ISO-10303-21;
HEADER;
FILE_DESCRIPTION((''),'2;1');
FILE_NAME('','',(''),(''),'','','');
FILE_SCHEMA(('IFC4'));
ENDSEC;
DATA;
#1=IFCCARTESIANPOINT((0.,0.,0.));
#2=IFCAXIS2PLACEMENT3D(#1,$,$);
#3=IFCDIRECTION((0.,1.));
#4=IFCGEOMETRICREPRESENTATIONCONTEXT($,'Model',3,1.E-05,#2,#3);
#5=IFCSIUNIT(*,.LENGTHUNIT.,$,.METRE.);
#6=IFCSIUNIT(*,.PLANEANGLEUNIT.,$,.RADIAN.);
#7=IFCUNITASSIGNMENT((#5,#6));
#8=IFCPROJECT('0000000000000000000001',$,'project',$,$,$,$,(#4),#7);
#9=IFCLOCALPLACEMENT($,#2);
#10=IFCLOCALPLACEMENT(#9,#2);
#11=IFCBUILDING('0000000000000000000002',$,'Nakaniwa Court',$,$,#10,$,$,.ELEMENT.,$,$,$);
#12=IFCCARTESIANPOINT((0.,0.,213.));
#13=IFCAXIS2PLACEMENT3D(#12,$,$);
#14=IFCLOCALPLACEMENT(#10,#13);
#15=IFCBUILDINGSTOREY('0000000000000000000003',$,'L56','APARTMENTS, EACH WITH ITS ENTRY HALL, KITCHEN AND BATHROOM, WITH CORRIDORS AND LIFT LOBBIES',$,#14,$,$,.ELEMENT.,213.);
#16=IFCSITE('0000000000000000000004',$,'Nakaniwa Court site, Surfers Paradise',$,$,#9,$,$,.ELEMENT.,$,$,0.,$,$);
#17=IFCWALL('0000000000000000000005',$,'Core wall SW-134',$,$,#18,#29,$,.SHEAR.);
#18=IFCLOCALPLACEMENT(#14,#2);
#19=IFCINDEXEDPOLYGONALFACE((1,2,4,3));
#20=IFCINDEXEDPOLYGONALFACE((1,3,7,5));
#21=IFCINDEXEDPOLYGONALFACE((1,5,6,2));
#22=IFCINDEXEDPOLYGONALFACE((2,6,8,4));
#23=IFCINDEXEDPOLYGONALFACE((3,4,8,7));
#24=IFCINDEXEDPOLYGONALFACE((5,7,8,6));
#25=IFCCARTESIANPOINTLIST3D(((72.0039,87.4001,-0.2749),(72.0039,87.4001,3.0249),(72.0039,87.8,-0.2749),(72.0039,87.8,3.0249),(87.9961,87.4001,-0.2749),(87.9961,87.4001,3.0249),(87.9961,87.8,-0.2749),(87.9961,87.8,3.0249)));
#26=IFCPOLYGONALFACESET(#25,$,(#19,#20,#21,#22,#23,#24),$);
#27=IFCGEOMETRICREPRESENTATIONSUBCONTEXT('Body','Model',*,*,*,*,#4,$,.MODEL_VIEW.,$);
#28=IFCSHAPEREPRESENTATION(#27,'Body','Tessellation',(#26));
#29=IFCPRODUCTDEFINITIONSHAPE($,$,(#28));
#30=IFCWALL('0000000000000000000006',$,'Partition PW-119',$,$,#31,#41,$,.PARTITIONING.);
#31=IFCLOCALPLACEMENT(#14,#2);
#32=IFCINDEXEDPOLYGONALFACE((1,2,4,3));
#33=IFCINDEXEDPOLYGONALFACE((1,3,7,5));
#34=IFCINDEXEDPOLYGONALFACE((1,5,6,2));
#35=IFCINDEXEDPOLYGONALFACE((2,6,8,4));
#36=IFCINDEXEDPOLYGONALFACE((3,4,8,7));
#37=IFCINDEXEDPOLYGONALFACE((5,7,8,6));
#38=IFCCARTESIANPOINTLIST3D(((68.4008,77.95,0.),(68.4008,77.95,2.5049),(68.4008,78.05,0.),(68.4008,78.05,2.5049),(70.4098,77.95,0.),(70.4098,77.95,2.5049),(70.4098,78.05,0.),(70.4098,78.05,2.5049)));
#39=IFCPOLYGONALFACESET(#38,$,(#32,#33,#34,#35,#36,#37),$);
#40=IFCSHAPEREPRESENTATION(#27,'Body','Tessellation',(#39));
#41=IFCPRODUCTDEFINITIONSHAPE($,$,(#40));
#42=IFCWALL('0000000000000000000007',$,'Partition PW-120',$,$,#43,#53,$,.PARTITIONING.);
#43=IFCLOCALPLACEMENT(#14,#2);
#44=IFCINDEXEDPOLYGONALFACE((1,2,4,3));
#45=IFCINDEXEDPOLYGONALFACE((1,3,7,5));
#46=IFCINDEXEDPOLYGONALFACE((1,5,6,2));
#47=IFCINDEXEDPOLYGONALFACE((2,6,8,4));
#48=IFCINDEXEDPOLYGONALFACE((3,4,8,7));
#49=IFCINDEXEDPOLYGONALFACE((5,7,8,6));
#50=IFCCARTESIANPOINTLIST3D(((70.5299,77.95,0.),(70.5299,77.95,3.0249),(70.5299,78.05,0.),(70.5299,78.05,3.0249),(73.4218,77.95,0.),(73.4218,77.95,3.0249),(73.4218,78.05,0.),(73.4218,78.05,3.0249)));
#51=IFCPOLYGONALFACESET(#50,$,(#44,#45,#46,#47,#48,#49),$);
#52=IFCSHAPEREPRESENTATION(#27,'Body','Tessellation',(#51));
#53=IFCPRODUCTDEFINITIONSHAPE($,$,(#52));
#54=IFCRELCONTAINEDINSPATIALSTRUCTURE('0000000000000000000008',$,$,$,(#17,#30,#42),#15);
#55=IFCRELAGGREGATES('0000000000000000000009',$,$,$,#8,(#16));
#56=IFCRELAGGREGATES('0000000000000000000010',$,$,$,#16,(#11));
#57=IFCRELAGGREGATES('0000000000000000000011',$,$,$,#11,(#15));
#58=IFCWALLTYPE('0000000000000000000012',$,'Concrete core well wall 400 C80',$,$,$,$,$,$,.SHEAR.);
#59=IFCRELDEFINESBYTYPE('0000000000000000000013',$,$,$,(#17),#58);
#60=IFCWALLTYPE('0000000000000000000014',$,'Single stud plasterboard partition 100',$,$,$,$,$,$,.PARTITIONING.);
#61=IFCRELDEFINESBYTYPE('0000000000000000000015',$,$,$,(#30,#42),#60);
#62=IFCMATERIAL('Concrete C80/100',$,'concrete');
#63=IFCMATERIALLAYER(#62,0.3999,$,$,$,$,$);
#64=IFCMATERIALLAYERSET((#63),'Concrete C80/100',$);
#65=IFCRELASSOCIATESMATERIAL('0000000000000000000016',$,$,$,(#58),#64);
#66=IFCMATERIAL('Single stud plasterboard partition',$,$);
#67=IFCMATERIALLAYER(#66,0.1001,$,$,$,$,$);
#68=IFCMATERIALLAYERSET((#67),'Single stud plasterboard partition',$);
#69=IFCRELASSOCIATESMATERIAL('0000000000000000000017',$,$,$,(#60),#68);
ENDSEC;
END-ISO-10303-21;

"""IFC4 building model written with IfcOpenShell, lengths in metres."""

from ifc_helpers import new_model, si_unit, direction, frame, frame_2d, origin, place, context, subcontext, project, spatial, rectangle, extrude, material, layer, layer_set, type_object, element, save


model = new_model("IFC4")

# Units and contexts
model_context = context("Model", 3, precision=1e-05, world=origin(), true_north=direction((0.0, 1.0)))
body_context = subcontext(model_context, "Body", "Model", "MODEL_VIEW")
ifc_project = project(units=[si_unit("LENGTHUNIT", "METRE"), si_unit("PLANEANGLEUNIT", "RADIAN")], contexts=[model_context])

# Site, building, storey
site_placement = place(None, origin())
site = spatial("IfcSite", under=ifc_project, at=site_placement, Name="Nakaniwa Court site, Surfers Paradise", CompositionType="ELEMENT", RefElevation=0.0)
building_placement = place(site_placement, origin())
building = spatial("IfcBuilding", under=site, at=building_placement, Name="Nakaniwa Court", CompositionType="ELEMENT")
storey_placement = place(building_placement, frame((0.0, 0.0, 213.0)))
storey = spatial("IfcBuildingStorey", under=building, at=storey_placement, Name="L56", Description="APARTMENTS, EACH WITH ITS ENTRY HALL, KITCHEN AND BATHROOM, WITH CORRIDORS AND LIFT LOBBIES", CompositionType="ELEMENT", Elevation=213.0)

# Shared definitions
ifc_material_1 = material(Name="Concrete C80/100", Category="concrete")

# Walls
ifc_layer_1 = layer(ifc_material_1, 0.3999)
ifc_layer_set_1 = layer_set([ifc_layer_1], Name="Concrete C80/100")
wall_type_1 = type_object("IfcWallType", Name="Concrete core well wall 400 C80", PredefinedType="SHEAR", material=ifc_layer_set_1)
wall_1_placement = place(storey_placement, frame((72.0039, 87.6001, -0.2749), z_axis=(0.0, 0.0, 1.0), x_axis=(1.0, 0.0, 0.0)))
element("IfcWall", 1, at=wall_1_placement, inside=storey, type_object=wall_type_1, Name="Core wall SW-134", PredefinedType="SHEAR", context=body_context, shape_type="SweptSolid", body=[
    extrude(rectangle(XDim=15.9922, YDim=0.3999, at=frame_2d((7.9961, 0.0))), origin(), (0.0, 0.0, 1.0), 3.2998),
])
ifc_material_2 = material(Name="Single stud plasterboard partition")
ifc_layer_2 = layer(ifc_material_2, 0.1001)
ifc_layer_set_2 = layer_set([ifc_layer_2], Name="Single stud plasterboard partition")
wall_type_2 = type_object("IfcWallType", Name="Single stud plasterboard partition 100", PredefinedType="PARTITIONING", material=ifc_layer_set_2)
wall_2_placement = place(storey_placement, frame((68.4009, 78.0, 0.0), z_axis=(0.0, 0.0, 1.0), x_axis=(1.0, 0.0, 0.0)))
element("IfcWall", 2, at=wall_2_placement, inside=storey, type_object=wall_type_2, Name="Partition PW-119", PredefinedType="PARTITIONING", context=body_context, shape_type="SweptSolid", body=[
    extrude(rectangle(XDim=2.009, YDim=0.1001, at=frame_2d((1.0044, 0.0))), origin(), (0.0, 0.0, 1.0), 2.5049),
])
wall_3_placement = place(storey_placement, frame((70.53, 78.0, 0.0), z_axis=(0.0, 0.0, 1.0), x_axis=(1.0, 0.0, 0.0)))
element("IfcWall", 3, at=wall_3_placement, inside=storey, type_object=wall_type_2, Name="Partition PW-120", PredefinedType="PARTITIONING", context=body_context, shape_type="SweptSolid", body=[
    extrude(rectangle(XDim=2.8918, YDim=0.1001, at=frame_2d((1.4458, 0.0))), origin(), (0.0, 0.0, 1.0), 3.0249),
])

save(model, "model.ifc")
